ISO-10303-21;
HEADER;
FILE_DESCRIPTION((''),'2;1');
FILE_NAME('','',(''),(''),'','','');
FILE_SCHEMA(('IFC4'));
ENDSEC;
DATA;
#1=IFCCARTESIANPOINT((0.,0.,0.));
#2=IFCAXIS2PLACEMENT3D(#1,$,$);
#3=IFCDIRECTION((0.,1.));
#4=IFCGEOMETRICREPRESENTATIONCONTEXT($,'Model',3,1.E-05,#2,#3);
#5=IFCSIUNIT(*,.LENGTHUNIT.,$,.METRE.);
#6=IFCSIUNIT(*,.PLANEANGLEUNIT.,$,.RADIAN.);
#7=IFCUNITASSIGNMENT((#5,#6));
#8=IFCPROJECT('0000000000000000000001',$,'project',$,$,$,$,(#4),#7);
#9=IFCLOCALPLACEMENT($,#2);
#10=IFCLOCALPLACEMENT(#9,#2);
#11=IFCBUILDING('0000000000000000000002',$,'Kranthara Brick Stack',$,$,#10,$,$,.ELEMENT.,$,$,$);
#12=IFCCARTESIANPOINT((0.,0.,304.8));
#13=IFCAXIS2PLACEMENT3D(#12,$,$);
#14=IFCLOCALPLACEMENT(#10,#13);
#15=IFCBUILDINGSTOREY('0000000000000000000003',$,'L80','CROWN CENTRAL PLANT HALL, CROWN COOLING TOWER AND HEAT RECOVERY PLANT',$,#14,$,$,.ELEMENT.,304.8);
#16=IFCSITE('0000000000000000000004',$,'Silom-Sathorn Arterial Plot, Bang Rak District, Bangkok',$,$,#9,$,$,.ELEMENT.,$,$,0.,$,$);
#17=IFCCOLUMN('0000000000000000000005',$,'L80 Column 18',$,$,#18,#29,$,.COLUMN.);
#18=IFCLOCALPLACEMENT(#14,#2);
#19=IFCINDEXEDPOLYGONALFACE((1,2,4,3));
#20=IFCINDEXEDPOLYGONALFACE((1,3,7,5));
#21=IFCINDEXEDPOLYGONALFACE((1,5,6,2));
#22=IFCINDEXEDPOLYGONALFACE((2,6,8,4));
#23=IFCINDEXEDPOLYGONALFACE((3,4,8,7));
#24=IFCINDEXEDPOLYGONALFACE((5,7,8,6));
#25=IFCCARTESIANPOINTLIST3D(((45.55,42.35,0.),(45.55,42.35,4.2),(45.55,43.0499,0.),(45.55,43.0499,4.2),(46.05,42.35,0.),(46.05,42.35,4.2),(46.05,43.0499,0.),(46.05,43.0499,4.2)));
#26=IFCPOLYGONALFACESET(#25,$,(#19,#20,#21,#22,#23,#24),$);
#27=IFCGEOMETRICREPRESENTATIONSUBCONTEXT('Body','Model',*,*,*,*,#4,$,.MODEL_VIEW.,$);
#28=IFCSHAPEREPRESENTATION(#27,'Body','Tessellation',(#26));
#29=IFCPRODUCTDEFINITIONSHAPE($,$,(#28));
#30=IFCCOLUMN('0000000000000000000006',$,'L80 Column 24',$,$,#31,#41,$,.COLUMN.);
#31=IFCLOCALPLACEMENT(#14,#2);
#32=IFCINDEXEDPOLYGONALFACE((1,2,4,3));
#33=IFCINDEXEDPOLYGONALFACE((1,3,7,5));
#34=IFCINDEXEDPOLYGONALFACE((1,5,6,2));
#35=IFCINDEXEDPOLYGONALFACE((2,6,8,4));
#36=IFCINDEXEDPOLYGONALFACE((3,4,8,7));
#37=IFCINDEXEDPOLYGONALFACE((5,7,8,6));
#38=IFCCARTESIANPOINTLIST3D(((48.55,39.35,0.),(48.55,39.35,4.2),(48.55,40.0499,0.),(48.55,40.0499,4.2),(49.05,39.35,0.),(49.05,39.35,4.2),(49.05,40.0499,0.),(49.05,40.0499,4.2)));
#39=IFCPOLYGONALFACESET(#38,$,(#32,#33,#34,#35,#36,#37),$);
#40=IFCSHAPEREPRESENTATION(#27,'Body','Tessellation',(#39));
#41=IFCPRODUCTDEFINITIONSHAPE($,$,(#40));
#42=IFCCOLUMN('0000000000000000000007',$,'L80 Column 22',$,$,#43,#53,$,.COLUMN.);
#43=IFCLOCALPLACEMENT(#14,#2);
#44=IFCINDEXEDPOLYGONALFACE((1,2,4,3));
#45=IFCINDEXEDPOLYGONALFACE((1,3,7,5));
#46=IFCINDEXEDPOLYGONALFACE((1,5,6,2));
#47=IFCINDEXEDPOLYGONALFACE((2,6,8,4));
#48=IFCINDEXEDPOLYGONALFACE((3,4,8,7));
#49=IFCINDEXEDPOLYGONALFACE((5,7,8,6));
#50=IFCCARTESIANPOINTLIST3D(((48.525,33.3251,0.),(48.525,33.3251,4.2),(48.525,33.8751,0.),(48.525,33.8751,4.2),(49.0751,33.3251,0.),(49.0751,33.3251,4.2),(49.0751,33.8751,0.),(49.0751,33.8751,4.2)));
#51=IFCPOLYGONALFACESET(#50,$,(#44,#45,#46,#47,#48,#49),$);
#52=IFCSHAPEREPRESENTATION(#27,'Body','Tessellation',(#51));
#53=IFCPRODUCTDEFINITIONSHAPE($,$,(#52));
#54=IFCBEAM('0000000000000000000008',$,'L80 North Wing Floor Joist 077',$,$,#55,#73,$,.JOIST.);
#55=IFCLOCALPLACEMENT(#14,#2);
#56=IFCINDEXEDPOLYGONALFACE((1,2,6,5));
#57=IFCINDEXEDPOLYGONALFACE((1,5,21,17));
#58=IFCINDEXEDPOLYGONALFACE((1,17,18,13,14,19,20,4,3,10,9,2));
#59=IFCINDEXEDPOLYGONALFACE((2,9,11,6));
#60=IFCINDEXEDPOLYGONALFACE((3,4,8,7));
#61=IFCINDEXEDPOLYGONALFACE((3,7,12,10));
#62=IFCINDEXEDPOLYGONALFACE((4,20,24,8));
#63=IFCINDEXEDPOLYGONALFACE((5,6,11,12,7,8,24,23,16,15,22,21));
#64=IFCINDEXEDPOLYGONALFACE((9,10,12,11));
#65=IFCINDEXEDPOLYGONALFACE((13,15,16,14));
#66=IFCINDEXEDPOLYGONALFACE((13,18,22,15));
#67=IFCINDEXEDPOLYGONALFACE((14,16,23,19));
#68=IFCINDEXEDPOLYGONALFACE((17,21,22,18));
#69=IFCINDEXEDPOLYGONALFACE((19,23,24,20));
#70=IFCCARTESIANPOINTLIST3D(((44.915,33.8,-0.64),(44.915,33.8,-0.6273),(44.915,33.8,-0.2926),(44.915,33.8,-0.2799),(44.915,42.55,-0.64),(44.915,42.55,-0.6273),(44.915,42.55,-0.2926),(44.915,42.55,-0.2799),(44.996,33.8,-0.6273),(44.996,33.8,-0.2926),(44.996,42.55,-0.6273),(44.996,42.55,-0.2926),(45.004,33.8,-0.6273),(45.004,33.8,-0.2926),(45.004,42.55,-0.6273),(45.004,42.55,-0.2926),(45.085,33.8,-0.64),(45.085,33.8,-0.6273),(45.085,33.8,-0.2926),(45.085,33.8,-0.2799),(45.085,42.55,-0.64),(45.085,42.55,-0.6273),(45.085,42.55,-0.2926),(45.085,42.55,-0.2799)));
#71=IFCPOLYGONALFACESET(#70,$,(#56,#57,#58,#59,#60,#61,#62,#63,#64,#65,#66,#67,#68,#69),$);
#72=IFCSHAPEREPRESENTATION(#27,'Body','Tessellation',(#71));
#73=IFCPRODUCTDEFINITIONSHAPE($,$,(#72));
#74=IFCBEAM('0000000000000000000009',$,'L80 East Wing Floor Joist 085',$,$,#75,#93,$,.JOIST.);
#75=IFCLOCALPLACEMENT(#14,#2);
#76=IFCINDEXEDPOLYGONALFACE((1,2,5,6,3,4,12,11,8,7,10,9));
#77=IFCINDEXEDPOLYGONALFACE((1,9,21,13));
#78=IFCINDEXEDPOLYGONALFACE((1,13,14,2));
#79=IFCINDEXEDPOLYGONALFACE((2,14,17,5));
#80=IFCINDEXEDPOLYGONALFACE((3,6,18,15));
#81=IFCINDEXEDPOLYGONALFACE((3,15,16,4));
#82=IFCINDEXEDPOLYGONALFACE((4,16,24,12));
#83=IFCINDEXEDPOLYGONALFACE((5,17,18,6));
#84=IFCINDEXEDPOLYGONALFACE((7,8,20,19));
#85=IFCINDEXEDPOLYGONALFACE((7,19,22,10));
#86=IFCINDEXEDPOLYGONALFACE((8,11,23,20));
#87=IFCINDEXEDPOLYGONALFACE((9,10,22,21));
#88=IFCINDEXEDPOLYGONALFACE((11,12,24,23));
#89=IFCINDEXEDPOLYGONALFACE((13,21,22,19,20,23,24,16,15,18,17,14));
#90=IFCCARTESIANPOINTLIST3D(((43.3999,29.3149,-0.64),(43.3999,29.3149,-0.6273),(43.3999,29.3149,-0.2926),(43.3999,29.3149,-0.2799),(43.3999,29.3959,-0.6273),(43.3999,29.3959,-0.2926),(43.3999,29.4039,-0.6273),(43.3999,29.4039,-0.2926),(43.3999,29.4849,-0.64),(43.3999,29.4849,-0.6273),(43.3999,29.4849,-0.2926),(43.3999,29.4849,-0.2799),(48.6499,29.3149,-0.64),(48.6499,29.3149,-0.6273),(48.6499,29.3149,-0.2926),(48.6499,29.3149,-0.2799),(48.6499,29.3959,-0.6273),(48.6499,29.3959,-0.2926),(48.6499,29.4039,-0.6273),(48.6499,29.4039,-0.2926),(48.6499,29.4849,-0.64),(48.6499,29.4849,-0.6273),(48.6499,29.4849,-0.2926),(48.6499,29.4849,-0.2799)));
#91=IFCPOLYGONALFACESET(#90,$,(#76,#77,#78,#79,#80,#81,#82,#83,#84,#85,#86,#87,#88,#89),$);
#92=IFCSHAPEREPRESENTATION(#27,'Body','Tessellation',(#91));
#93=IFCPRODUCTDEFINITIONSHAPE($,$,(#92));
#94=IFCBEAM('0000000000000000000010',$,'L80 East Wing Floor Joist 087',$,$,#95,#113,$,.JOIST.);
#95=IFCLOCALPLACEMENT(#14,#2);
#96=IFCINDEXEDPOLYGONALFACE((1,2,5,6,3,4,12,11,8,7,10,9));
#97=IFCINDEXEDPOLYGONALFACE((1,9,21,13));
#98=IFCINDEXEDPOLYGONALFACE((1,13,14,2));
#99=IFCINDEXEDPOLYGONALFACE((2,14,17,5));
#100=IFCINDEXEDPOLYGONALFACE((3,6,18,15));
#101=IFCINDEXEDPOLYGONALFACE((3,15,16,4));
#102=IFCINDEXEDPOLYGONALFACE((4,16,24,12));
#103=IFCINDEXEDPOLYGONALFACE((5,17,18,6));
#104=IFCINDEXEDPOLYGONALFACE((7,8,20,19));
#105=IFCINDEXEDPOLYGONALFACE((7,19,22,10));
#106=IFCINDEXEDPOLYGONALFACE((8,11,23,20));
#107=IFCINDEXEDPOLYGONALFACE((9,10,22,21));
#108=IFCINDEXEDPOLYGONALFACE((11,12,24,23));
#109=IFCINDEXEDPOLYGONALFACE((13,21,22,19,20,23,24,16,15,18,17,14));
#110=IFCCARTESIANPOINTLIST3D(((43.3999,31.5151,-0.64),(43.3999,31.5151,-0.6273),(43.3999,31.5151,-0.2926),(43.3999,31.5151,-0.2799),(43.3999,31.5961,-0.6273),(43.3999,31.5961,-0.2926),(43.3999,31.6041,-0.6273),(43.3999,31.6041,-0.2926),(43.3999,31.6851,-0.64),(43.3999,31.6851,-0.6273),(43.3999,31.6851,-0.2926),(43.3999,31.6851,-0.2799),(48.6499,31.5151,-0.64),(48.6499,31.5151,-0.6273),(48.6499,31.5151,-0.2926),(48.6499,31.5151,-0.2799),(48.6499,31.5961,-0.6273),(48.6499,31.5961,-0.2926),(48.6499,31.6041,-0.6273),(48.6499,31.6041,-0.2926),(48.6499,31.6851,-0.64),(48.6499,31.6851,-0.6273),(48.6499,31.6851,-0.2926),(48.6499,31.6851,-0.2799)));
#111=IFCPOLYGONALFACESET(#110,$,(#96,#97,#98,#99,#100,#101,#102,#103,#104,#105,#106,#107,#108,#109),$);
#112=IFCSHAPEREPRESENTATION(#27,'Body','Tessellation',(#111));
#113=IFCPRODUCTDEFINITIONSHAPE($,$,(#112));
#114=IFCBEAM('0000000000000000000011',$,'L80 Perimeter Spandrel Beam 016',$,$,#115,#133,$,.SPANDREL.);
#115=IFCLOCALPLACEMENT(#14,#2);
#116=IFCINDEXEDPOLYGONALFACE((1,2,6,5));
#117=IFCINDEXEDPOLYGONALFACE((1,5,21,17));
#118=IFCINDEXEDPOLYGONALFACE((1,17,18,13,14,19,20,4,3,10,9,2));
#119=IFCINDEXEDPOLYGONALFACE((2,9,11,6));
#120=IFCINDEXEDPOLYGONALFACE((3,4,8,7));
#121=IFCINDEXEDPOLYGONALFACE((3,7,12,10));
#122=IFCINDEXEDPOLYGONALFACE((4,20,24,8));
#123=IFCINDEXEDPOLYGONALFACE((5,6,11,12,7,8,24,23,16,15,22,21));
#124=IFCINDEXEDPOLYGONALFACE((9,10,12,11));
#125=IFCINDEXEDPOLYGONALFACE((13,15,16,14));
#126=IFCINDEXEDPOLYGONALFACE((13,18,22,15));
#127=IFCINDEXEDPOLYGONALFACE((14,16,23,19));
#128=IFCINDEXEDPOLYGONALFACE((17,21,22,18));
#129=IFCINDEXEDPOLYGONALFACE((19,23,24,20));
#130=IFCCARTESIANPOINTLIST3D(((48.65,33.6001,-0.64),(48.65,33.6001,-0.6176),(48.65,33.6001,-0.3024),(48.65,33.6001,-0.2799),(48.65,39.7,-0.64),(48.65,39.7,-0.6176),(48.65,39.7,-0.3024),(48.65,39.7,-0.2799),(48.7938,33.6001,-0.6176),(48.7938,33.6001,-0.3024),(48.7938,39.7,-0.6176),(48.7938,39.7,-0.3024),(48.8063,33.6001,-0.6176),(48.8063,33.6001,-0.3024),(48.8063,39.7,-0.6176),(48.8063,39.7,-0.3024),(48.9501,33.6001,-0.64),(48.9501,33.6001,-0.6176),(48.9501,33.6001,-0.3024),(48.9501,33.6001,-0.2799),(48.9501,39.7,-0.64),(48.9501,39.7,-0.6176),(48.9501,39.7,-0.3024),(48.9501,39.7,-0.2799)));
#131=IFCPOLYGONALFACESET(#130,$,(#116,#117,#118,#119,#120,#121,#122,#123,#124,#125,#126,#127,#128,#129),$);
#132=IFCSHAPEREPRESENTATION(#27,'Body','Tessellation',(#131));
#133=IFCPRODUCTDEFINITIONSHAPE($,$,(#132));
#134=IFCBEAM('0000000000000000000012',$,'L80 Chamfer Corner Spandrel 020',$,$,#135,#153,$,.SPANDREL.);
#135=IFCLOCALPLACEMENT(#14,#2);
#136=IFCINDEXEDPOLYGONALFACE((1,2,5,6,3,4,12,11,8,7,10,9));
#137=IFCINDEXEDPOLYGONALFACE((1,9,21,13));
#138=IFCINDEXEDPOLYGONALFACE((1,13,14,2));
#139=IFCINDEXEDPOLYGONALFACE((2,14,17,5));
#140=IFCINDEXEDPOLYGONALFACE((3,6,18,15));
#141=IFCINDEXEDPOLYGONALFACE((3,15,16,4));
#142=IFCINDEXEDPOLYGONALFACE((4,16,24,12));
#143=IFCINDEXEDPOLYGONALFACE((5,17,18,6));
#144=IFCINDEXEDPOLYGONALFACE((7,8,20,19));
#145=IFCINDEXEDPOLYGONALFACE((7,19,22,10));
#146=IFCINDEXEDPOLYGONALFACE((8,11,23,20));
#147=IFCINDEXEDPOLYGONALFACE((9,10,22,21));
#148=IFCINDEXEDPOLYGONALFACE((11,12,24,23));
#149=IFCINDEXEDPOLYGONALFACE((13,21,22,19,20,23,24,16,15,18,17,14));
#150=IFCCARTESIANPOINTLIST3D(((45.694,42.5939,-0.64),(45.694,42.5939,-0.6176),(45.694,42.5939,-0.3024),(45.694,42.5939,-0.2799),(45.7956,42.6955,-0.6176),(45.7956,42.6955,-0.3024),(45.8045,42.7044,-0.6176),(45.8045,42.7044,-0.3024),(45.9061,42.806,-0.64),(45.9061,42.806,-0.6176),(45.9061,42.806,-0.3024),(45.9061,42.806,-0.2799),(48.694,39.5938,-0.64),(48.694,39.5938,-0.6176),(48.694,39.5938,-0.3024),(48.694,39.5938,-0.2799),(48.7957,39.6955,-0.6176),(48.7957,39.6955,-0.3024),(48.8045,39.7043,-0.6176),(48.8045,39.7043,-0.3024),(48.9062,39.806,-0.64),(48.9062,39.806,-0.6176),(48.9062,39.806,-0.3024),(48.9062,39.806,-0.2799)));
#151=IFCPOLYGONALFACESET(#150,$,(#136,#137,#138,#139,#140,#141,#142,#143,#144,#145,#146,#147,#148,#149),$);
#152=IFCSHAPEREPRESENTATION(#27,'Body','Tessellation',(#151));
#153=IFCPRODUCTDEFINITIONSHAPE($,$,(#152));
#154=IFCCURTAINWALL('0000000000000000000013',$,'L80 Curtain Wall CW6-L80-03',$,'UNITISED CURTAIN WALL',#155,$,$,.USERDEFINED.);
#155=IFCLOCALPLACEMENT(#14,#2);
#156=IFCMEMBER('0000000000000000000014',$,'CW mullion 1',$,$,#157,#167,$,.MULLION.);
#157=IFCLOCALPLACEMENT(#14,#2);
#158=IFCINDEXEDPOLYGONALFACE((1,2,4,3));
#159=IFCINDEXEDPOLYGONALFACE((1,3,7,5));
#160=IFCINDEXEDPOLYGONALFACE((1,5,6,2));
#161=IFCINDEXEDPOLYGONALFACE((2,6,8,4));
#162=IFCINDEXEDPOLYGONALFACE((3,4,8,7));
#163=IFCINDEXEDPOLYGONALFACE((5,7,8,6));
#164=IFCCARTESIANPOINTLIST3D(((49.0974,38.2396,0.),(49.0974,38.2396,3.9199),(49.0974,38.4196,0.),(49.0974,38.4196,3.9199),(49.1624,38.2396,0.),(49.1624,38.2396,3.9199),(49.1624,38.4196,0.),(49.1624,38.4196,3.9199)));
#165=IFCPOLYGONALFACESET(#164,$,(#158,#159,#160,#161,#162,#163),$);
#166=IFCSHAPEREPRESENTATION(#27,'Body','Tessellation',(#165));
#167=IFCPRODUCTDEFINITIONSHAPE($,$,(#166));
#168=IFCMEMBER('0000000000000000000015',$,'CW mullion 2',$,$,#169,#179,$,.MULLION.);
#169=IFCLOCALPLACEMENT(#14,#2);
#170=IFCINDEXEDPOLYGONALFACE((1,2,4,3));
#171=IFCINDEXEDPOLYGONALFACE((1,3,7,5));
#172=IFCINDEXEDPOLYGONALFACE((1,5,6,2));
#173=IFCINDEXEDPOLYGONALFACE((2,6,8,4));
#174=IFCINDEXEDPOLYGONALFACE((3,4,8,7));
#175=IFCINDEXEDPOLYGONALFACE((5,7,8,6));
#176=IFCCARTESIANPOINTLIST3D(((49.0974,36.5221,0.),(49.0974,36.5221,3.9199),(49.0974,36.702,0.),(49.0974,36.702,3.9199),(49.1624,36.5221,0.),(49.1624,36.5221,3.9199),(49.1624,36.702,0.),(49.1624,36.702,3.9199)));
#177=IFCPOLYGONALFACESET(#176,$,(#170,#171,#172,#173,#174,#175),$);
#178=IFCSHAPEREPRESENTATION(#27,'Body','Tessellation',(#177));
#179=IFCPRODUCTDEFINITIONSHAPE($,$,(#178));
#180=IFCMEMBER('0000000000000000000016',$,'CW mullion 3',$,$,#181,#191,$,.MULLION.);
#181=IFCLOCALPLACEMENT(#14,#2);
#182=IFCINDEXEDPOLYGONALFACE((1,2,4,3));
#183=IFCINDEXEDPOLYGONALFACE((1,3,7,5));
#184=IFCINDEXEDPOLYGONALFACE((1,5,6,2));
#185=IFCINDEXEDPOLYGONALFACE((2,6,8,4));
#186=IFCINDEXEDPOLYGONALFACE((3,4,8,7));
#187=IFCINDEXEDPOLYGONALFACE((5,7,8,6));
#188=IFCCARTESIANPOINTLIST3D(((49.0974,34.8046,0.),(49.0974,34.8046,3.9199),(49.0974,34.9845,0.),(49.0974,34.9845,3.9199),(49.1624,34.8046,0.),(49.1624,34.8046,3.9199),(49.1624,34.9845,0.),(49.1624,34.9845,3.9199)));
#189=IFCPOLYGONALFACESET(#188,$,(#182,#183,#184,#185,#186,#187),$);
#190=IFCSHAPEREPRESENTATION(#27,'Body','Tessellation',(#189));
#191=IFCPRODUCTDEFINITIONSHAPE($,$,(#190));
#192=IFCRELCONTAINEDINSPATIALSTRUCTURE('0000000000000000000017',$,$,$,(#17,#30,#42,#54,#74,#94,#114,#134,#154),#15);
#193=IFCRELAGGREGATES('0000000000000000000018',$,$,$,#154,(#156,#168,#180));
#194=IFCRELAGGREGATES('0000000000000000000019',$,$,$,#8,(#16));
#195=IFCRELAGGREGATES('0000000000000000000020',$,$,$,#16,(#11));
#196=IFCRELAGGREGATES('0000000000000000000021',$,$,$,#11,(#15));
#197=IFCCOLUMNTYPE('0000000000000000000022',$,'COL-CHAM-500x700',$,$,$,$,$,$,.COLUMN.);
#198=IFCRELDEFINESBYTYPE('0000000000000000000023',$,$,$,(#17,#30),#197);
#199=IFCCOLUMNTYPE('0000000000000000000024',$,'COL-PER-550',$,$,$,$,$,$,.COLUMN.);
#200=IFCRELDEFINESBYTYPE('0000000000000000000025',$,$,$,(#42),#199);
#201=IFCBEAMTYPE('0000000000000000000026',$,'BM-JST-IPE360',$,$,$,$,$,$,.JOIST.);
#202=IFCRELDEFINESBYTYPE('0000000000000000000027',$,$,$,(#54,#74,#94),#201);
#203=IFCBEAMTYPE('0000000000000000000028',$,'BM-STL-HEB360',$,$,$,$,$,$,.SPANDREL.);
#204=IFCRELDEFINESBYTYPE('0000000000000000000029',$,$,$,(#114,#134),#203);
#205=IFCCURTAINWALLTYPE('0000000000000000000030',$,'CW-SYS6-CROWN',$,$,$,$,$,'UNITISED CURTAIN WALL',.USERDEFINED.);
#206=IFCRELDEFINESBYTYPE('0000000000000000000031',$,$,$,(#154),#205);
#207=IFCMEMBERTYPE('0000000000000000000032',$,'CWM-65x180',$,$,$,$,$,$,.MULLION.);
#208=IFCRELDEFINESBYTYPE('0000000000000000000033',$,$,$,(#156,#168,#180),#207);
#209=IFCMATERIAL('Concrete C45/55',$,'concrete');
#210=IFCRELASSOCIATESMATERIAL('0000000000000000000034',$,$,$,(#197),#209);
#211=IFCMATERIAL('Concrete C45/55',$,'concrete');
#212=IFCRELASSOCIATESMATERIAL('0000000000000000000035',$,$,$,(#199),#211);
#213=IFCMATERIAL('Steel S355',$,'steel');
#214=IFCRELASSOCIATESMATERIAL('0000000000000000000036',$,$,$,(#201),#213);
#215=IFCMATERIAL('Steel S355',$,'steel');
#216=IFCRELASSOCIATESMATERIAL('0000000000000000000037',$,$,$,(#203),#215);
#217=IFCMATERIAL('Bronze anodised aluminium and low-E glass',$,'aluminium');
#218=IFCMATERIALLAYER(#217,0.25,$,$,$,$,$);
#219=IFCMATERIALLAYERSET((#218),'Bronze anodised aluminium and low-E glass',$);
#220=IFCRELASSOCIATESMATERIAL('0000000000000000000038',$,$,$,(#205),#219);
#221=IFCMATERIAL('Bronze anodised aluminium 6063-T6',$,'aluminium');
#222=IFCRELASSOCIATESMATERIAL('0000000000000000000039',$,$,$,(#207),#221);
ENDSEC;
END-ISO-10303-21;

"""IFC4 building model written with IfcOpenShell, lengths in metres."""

from ifc_helpers import new_model, si_unit, direction, frame, origin, origin_2d, place, context, subcontext, project, spatial, rectangle, i_section, extrude, material, layer, layer_set, material_profile, profile_set, type_object, element, aggregate, save


model = new_model("IFC4")

# Units and contexts
model_context = context("Model", 3, precision=1e-05, world=origin(), true_north=direction((0.0, 1.0)))
body_context = subcontext(model_context, "Body", "Model", "MODEL_VIEW")
ifc_project = project(units=[si_unit("LENGTHUNIT", "METRE"), si_unit("PLANEANGLEUNIT", "RADIAN")], contexts=[model_context])

# Site, building, storey
site_placement = place(None, origin())
site = spatial("IfcSite", under=ifc_project, at=site_placement, Name="Silom-Sathorn Arterial Plot, Bang Rak District, Bangkok", CompositionType="ELEMENT", RefElevation=0.0)
building_placement = place(site_placement, origin())
building = spatial("IfcBuilding", under=site, at=building_placement, Name="Kranthara Brick Stack", CompositionType="ELEMENT")
storey_placement = place(building_placement, frame((0.0, 0.0, 304.8)))
storey = spatial("IfcBuildingStorey", under=building, at=storey_placement, Name="L80", Description="CROWN CENTRAL PLANT HALL, CROWN COOLING TOWER AND HEAT RECOVERY PLANT", CompositionType="ELEMENT", Elevation=304.8)

# Columns
ifc_material_1 = material(Name="Concrete C45/55", Category="concrete")
ifc_material_profile_1 = material_profile(ifc_material_1, rectangle(XDim=0.5, YDim=0.7, at=origin_2d()), Name="RC 500x700")
ifc_profile_set_1 = profile_set([ifc_material_profile_1], Name="Concrete C45/55")
column_type_1 = type_object("IfcColumnType", Name="COL-CHAM-500x700", PredefinedType="COLUMN", material=ifc_profile_set_1)
for number, where, z_axis, x_axis, name in (
    (1, (45.8, 42.7, 0.0), (0.0, 0.0, 1.0), (1.0, 0.0, 0.0), "L80 Column 18"),
    (2, (48.8, 39.7, 0.0), (0.0, 0.0, 1.0), (1.0, 0.0, 0.0), "L80 Column 24"),
):
    element("IfcColumn", number, at=place(storey_placement, frame(where, z_axis=z_axis, x_axis=x_axis)), inside=storey, type_object=column_type_1, Name=name, PredefinedType="COLUMN", context=body_context, shape_type="SweptSolid", body=[
        extrude(rectangle(XDim=0.5, YDim=0.7, at=origin_2d()), origin(), (0.0, 0.0, 1.0), 4.2),
    ])
ifc_material_2 = material(Name="Concrete C45/55", Category="concrete")
ifc_material_profile_2 = material_profile(ifc_material_2, rectangle(XDim=0.55, YDim=0.55, at=origin_2d()), Name="RC 550x550")
ifc_profile_set_2 = profile_set([ifc_material_profile_2], Name="Concrete C45/55")
column_type_2 = type_object("IfcColumnType", Name="COL-PER-550", PredefinedType="COLUMN", material=ifc_profile_set_2)
column_placement = place(storey_placement, frame((48.8, 33.6001, 0.0), z_axis=(0.0, 0.0, 1.0), x_axis=(1.0, 0.0, 0.0)))
element("IfcColumn", 3, at=column_placement, inside=storey, type_object=column_type_2, Name="L80 Column 22", PredefinedType="COLUMN", context=body_context, shape_type="SweptSolid", body=[
    extrude(rectangle(XDim=0.55, YDim=0.55, at=origin_2d()), origin(), (0.0, 0.0, 1.0), 4.2),
])

# Beams
ifc_material_3 = material(Name="Steel S355", Category="steel")
ifc_material_profile_3 = material_profile(ifc_material_3, i_section(OverallWidth=0.1699, OverallDepth=0.3601, WebThickness=0.0081, FlangeThickness=0.0127, at=origin_2d()), Name="IPE 360")
ifc_profile_set_3 = profile_set([ifc_material_profile_3], Name="Steel S355")
beam_type_1 = type_object("IfcBeamType", Name="BM-JST-IPE360", PredefinedType="JOIST", material=ifc_profile_set_3)
beam_1_placement = place(storey_placement, frame((45.0, 33.8, -0.46), z_axis=(0.0, 1.0, 0.0), x_axis=(-1.0, 0.0, 0.0)))
element("IfcBeam", 4, at=beam_1_placement, inside=storey, type_object=beam_type_1, Name="L80 North Wing Floor Joist 077", PredefinedType="JOIST", context=body_context, shape_type="SweptSolid", body=[
    extrude(i_section(OverallWidth=0.1699, OverallDepth=0.3601, WebThickness=0.0081, FlangeThickness=0.0127, at=origin_2d()), origin(), (0.0, 0.0, 1.0), 8.75),
])
for number, where, z_axis, x_axis, name in (
    (5, (43.3999, 29.3999, -0.46), (1.0, 0.0, 0.0), (0.0, 1.0, 0.0), "L80 East Wing Floor Joist 085"),
    (6, (43.3999, 31.6001, -0.46), (1.0, 0.0, 0.0), (0.0, 1.0, 0.0), "L80 East Wing Floor Joist 087"),
):
    element("IfcBeam", number, at=place(storey_placement, frame(where, z_axis=z_axis, x_axis=x_axis)), inside=storey, type_object=beam_type_1, Name=name, PredefinedType="JOIST", context=body_context, shape_type="SweptSolid", body=[
        extrude(i_section(OverallWidth=0.1699, OverallDepth=0.3601, WebThickness=0.0081, FlangeThickness=0.0127, at=origin_2d()), origin(), (0.0, 0.0, 1.0), 5.25),
    ])
ifc_material_4 = material(Name="Steel S355", Category="steel")
ifc_material_profile_4 = material_profile(ifc_material_4, i_section(OverallWidth=0.3, OverallDepth=0.3601, WebThickness=0.0125, FlangeThickness=0.0225, at=origin_2d()), Name="HEB 360")
ifc_profile_set_4 = profile_set([ifc_material_profile_4], Name="Steel S355")
beam_type_2 = type_object("IfcBeamType", Name="BM-STL-HEB360", PredefinedType="SPANDREL", material=ifc_profile_set_4)
beam_2_placement = place(storey_placement, frame((48.8, 33.6001, -0.46), z_axis=(0.0, 1.0, 0.0), x_axis=(-1.0, 0.0, 0.0)))
element("IfcBeam", 7, at=beam_2_placement, inside=storey, type_object=beam_type_2, Name="L80 Perimeter Spandrel Beam 016", PredefinedType="SPANDREL", context=body_context, shape_type="SweptSolid", body=[
    extrude(i_section(OverallWidth=0.3, OverallDepth=0.3601, WebThickness=0.0125, FlangeThickness=0.0225, at=origin_2d()), origin(), (0.0, 0.0, 1.0), 6.0999),
])
beam_3_placement = place(storey_placement, frame((45.8, 42.7, -0.46), z_axis=(0.707107, -0.707107, 0.0), x_axis=(0.707107, 0.707107, 0.0)))
element("IfcBeam", 8, at=beam_3_placement, inside=storey, type_object=beam_type_2, Name="L80 Chamfer Corner Spandrel 020", PredefinedType="SPANDREL", context=body_context, shape_type="SweptSolid", body=[
    extrude(i_section(OverallWidth=0.3, OverallDepth=0.3601, WebThickness=0.0125, FlangeThickness=0.0225, at=origin_2d()), origin(), (0.0, 0.0, 1.0), 4.2427),
])

# Curtain wall, members
ifc_material_5 = material(Name="Bronze anodised aluminium and low-E glass", Category="aluminium")
ifc_layer_1 = layer(ifc_material_5, 0.25)
ifc_layer_set_1 = layer_set([ifc_layer_1], Name="Bronze anodised aluminium and low-E glass")
curtain_wall_type = type_object("IfcCurtainWallType", Name="CW-SYS6-CROWN", ElementType="UNITISED CURTAIN WALL", PredefinedType="USERDEFINED", material=ifc_layer_set_1)
curtain_wall_placement = place(storey_placement, origin())
curtain_wall = element("IfcCurtainWall", 9, at=curtain_wall_placement, inside=storey, type_object=curtain_wall_type, Name="L80 Curtain Wall CW6-L80-03", ObjectType="UNITISED CURTAIN WALL", PredefinedType="USERDEFINED")
ifc_material_6 = material(Name="Bronze anodised aluminium 6063-T6", Category="aluminium")
ifc_material_profile_5 = material_profile(ifc_material_6, rectangle(XDim=0.0649, YDim=0.1799, at=origin_2d()), Name="ALU MULLION 65x180")
ifc_profile_set_5 = profile_set([ifc_material_profile_5], Name="Bronze anodised aluminium 6063-T6")
member_type_1 = type_object("IfcMemberType", Name="CWM-65x180", PredefinedType="MULLION", material=ifc_profile_set_5)
member_1_placement = place(storey_placement, frame((49.1299, 38.3296, 0.0), z_axis=(0.0, 0.0, 1.0), x_axis=(1.0, 0.0, 0.0)))
member_1 = element("IfcMember", 10, at=member_1_placement, type_object=member_type_1, Name="CW mullion 1", PredefinedType="MULLION", context=body_context, shape_type="SweptSolid", body=[
    extrude(rectangle(XDim=0.0649, YDim=0.1799, at=origin_2d()), origin(), (0.0, 0.0, 1.0), 3.9199),
])
member_2_placement = place(storey_placement, frame((49.1299, 36.6121, 0.0), z_axis=(0.0, 0.0, 1.0), x_axis=(1.0, 0.0, 0.0)))
member_2 = element("IfcMember", 11, at=member_2_placement, type_object=member_type_1, Name="CW mullion 2", PredefinedType="MULLION", context=body_context, shape_type="SweptSolid", body=[
    extrude(rectangle(XDim=0.0649, YDim=0.1799, at=origin_2d()), origin(), (0.0, 0.0, 1.0), 3.9199),
])
member_3_placement = place(storey_placement, frame((49.1299, 34.8945, 0.0), z_axis=(0.0, 0.0, 1.0), x_axis=(1.0, 0.0, 0.0)))
member_3 = element("IfcMember", 12, at=member_3_placement, type_object=member_type_1, Name="CW mullion 3", PredefinedType="MULLION", context=body_context, shape_type="SweptSolid", body=[
    extrude(rectangle(XDim=0.0649, YDim=0.1799, at=origin_2d()), origin(), (0.0, 0.0, 1.0), 3.9199),
])
aggregate(curtain_wall, [member_1, member_2, member_3])

save(model, "model.ifc")
